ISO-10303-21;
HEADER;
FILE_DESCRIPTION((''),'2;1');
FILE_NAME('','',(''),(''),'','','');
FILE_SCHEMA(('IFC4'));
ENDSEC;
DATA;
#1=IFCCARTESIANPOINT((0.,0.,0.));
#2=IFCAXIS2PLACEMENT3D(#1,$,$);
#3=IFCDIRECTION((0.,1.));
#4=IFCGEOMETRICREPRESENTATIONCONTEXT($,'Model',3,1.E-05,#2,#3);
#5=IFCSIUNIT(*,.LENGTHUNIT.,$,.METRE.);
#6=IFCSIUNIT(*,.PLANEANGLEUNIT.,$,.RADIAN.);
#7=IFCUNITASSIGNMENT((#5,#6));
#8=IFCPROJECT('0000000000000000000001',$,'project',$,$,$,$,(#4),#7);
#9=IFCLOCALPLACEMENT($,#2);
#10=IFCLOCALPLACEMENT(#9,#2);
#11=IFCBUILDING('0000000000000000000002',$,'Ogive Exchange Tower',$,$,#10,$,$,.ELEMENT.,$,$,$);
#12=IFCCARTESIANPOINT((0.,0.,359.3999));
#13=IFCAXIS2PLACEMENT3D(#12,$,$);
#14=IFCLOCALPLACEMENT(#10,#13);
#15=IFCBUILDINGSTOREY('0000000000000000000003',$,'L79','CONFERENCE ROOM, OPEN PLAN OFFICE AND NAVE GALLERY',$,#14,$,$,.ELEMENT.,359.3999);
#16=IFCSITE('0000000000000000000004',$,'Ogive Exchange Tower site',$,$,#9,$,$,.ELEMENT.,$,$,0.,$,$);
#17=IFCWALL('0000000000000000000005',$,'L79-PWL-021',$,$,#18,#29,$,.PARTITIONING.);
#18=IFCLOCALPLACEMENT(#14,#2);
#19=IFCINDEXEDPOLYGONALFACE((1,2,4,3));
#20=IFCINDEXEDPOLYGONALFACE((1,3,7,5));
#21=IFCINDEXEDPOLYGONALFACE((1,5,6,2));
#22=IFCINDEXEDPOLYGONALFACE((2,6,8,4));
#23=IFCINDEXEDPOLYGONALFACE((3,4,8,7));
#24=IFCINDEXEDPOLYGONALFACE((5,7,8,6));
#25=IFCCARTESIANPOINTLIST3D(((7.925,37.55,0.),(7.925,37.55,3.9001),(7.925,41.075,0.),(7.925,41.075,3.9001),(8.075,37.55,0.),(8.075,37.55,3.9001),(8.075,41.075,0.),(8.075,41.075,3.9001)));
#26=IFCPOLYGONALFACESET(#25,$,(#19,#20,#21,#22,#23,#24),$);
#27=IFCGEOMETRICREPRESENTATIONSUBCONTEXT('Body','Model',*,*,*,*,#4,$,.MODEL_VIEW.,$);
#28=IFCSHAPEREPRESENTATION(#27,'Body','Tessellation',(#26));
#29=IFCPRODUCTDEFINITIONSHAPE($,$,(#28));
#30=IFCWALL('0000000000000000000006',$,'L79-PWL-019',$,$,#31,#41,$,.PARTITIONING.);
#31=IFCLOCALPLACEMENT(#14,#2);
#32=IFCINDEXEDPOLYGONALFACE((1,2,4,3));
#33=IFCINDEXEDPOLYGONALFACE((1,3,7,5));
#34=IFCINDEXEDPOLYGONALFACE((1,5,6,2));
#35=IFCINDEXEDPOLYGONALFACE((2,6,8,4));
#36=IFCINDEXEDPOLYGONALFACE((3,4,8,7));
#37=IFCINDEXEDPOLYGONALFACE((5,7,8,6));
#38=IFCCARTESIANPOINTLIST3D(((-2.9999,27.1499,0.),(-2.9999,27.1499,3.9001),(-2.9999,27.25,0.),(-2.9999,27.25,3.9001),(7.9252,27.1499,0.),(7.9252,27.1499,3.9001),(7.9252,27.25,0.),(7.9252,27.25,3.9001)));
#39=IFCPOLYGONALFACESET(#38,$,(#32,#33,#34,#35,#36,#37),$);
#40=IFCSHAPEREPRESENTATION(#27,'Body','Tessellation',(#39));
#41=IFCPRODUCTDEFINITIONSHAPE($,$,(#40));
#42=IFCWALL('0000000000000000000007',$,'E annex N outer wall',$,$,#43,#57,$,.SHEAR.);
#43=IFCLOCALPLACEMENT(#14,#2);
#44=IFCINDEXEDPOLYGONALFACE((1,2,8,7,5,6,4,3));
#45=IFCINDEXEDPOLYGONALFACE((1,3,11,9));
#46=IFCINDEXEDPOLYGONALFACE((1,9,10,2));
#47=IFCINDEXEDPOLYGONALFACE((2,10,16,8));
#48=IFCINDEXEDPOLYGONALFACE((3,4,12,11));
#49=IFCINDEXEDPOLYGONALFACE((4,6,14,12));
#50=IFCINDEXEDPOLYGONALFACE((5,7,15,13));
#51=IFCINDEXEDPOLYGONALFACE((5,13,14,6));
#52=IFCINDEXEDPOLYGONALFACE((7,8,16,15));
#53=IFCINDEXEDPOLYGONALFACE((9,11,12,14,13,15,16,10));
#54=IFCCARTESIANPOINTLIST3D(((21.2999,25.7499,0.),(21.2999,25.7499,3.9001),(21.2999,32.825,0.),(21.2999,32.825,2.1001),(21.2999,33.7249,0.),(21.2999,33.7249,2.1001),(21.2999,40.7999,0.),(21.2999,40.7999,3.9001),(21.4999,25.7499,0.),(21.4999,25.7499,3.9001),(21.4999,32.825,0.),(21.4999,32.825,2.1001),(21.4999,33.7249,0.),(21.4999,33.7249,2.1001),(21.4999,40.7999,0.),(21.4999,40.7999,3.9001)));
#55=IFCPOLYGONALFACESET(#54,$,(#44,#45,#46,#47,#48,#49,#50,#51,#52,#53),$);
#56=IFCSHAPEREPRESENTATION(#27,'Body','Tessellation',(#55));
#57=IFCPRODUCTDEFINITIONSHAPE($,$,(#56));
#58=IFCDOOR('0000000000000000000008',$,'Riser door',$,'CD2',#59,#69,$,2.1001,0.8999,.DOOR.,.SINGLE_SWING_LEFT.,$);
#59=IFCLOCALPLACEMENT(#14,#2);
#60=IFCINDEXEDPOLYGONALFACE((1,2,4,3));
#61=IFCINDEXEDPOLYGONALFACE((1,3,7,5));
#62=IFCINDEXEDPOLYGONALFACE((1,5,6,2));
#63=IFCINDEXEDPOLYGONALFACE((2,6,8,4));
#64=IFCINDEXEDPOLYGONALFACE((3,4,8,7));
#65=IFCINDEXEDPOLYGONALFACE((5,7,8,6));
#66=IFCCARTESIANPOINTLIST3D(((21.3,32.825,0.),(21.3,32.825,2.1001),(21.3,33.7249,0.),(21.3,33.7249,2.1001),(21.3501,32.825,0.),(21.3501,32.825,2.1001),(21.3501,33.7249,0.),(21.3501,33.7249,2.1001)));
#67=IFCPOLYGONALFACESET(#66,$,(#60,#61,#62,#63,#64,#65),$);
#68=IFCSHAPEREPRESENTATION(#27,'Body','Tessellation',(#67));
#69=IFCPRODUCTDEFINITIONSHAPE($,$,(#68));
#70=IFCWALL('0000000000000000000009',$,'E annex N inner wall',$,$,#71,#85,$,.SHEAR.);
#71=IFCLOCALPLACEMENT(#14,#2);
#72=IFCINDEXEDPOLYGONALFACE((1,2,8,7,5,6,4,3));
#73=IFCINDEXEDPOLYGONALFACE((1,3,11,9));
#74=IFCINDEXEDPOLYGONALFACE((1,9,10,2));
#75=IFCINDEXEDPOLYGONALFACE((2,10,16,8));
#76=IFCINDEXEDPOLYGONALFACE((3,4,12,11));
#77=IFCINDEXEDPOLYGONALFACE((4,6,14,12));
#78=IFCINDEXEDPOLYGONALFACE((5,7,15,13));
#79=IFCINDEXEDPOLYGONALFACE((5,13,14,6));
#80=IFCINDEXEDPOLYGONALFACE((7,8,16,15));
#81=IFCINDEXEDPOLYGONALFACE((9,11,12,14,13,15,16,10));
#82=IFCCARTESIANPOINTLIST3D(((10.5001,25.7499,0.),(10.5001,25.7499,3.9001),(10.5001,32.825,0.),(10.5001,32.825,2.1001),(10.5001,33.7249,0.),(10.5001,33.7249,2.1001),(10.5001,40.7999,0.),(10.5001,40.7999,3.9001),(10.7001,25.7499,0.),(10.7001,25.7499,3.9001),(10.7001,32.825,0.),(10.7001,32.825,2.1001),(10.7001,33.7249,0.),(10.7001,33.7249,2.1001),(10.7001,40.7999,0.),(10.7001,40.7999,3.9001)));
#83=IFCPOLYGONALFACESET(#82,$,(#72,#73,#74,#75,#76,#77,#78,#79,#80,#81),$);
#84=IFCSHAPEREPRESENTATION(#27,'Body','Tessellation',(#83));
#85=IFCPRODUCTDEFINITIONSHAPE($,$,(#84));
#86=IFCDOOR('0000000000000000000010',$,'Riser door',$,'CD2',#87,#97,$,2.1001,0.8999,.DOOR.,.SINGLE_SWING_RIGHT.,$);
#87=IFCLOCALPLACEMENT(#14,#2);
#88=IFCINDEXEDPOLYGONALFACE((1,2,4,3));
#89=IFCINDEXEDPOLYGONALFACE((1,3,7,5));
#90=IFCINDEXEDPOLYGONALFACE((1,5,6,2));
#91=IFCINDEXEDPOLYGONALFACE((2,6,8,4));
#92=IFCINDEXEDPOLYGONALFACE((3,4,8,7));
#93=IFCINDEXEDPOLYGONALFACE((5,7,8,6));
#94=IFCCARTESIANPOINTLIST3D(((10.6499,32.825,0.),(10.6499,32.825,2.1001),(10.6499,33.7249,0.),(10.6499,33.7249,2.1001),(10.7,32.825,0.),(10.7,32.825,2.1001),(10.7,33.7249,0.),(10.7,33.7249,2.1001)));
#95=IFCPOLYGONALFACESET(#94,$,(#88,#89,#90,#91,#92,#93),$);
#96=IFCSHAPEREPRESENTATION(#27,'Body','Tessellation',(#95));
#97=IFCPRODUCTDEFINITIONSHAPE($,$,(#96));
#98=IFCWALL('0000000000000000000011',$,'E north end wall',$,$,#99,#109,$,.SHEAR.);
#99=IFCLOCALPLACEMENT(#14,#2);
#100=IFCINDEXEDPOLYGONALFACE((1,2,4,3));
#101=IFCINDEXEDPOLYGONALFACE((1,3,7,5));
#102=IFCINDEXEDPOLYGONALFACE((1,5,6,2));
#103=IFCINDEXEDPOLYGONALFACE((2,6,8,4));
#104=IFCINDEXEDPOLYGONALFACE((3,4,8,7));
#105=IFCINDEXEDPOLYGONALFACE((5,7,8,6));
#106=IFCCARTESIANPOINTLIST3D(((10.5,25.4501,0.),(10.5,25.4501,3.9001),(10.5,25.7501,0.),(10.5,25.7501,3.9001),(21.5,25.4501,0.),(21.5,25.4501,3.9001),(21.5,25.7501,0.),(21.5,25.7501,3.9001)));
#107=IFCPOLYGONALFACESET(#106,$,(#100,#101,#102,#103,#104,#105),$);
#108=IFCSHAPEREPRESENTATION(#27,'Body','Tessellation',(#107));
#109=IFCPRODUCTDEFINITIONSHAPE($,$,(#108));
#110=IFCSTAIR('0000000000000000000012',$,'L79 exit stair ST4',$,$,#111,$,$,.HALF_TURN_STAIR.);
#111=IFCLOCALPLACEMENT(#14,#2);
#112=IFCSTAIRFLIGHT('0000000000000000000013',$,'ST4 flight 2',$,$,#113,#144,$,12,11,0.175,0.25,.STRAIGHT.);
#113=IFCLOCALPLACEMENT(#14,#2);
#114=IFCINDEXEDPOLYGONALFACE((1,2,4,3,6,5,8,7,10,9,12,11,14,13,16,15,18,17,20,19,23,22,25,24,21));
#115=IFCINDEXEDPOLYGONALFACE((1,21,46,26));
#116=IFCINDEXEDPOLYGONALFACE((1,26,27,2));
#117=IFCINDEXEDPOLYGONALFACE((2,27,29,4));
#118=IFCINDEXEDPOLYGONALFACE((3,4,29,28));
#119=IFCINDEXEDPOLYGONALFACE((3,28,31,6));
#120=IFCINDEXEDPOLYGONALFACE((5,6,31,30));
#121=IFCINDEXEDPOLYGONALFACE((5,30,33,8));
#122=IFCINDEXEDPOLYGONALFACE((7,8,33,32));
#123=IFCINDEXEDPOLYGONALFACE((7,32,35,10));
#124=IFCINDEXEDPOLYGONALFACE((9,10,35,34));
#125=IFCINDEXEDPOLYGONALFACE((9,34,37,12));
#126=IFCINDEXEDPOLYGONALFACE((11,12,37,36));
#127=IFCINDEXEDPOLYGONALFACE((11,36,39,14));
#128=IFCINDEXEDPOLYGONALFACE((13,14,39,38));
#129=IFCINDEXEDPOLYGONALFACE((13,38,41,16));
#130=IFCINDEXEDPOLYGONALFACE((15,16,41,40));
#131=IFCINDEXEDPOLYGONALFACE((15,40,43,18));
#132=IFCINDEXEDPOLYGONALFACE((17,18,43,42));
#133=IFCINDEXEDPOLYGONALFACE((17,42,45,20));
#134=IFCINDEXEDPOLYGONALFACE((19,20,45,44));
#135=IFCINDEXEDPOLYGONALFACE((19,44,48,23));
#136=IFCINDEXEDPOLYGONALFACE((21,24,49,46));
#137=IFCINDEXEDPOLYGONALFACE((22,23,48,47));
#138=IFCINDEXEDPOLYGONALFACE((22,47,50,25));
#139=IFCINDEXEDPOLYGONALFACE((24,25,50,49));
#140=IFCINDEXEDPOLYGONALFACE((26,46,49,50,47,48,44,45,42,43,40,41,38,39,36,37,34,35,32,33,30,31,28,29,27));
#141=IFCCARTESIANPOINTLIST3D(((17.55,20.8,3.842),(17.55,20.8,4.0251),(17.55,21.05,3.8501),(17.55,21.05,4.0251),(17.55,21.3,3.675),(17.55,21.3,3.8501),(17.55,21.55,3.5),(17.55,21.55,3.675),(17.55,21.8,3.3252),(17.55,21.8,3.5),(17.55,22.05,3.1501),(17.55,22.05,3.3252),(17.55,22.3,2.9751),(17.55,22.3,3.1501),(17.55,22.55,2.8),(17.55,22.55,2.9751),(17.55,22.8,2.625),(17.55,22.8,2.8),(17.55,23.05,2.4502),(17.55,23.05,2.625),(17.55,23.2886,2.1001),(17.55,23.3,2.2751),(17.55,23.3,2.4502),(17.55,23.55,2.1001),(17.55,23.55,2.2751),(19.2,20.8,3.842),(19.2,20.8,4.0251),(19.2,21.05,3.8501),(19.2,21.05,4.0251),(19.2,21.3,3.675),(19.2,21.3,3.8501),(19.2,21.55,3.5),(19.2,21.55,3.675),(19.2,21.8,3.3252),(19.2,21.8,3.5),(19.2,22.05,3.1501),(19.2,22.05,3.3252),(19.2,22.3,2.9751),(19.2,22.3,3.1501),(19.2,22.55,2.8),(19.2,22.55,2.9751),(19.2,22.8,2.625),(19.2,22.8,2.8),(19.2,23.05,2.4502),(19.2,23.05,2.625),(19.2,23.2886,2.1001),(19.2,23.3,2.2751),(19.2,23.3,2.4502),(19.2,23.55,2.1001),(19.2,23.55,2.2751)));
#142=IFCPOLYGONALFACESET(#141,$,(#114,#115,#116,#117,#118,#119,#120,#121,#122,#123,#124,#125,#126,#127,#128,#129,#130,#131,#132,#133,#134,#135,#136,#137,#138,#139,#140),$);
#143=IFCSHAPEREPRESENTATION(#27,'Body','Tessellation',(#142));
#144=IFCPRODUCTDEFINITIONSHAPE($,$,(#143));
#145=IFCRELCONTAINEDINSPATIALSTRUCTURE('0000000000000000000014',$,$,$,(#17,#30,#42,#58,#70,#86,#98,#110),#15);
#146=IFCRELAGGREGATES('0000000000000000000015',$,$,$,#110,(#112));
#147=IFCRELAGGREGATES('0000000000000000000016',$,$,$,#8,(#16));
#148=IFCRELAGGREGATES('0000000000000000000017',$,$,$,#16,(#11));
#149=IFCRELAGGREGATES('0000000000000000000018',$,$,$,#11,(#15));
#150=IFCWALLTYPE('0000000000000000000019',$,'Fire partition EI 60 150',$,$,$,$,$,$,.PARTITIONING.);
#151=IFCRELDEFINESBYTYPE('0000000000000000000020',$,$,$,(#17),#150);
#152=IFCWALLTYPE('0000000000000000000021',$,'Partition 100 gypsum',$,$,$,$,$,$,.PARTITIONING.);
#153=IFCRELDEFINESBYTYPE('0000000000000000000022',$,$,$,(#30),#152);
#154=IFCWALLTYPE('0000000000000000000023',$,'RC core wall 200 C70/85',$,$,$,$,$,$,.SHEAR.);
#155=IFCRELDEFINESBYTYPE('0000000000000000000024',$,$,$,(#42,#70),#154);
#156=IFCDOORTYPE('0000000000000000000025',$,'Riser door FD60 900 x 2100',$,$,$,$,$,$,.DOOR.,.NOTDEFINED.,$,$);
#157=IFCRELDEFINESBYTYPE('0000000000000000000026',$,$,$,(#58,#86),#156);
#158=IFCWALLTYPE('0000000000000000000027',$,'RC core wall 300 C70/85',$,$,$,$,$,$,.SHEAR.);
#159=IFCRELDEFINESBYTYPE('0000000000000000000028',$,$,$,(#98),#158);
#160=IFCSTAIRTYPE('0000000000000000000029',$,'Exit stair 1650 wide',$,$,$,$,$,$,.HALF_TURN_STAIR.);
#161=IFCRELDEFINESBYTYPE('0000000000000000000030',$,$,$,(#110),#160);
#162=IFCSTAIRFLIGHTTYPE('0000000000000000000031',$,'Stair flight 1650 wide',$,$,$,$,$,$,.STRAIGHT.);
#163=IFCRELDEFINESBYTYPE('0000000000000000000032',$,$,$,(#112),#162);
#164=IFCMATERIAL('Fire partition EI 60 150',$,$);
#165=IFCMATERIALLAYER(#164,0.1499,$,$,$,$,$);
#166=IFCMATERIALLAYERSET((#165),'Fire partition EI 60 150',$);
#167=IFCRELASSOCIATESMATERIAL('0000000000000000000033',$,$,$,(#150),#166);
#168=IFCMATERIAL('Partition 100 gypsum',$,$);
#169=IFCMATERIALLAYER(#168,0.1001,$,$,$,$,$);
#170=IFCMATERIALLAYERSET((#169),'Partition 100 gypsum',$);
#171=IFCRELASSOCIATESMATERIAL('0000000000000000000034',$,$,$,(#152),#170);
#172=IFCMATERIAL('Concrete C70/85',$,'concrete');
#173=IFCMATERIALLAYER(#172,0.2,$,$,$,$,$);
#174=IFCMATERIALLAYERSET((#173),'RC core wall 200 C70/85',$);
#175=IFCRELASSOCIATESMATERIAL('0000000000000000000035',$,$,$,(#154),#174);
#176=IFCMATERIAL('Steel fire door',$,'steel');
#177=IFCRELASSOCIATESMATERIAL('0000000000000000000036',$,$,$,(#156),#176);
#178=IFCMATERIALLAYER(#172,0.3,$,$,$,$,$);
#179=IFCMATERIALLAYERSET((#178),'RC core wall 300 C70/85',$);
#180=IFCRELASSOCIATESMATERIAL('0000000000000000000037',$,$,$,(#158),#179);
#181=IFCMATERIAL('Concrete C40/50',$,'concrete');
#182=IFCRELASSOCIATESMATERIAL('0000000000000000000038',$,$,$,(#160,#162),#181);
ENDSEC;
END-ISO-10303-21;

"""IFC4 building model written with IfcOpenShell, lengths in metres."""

from ifc_helpers import new_model, si_unit, direction, frame, frame_2d, origin, place, context, subcontext, project, spatial, polyline, rectangle, outline, extrude, material, layer, layer_set, type_object, element, fill, aggregate, save


model = new_model("IFC4")

# Units and contexts
model_context = context("Model", 3, precision=1e-05, world=origin(), true_north=direction((0.0, 1.0)))
body_context = subcontext(model_context, "Body", "Model", "MODEL_VIEW")
ifc_project = project(units=[si_unit("LENGTHUNIT", "METRE"), si_unit("PLANEANGLEUNIT", "RADIAN")], contexts=[model_context])

# Site, building, storey
site_placement = place(None, origin())
site = spatial("IfcSite", under=ifc_project, at=site_placement, Name="Ogive Exchange Tower site", CompositionType="ELEMENT", RefElevation=0.0)
building_placement = place(site_placement, origin())
building = spatial("IfcBuilding", under=site, at=building_placement, Name="Ogive Exchange Tower", CompositionType="ELEMENT")
storey_placement = place(building_placement, frame((0.0, 0.0, 359.3999)))
storey = spatial("IfcBuildingStorey", under=building, at=storey_placement, Name="L79", Description="CONFERENCE ROOM, OPEN PLAN OFFICE AND NAVE GALLERY", CompositionType="ELEMENT", Elevation=359.3999)

# Shared definitions
ifc_material_1 = material(Name="Fire partition EI 60 150")
ifc_layer_1 = layer(ifc_material_1, 0.1499)
ifc_layer_set_1 = layer_set([ifc_layer_1], Name="Fire partition EI 60 150")
wall_type_1 = type_object("IfcWallType", Name="Fire partition EI 60 150", PredefinedType="PARTITIONING", material=ifc_layer_set_1)

# Walls
wall_1_placement = place(storey_placement, frame((8.0, 37.55, 0.0), z_axis=(0.0, 0.0, 1.0), x_axis=(0.0, 1.0, 0.0)))
element("IfcWall", 1, at=wall_1_placement, inside=storey, type_object=wall_type_1, Name="L79-PWL-021", PredefinedType="PARTITIONING", context=body_context, shape_type="SweptSolid", body=[
    extrude(rectangle(XDim=3.5249, YDim=0.1499, at=frame_2d((1.7625, 0.0))), origin(), (0.0, 0.0, 1.0), 3.9001),
])
ifc_material_2 = material(Name="Partition 100 gypsum")
ifc_layer_2 = layer(ifc_material_2, 0.1001)
ifc_layer_set_2 = layer_set([ifc_layer_2], Name="Partition 100 gypsum")
wall_type_2 = type_object("IfcWallType", Name="Partition 100 gypsum", PredefinedType="PARTITIONING", material=ifc_layer_set_2)
wall_2_placement = place(storey_placement, frame((7.925, 27.2, 0.0), z_axis=(0.0, 0.0, 1.0), x_axis=(-1.0, 0.0, 0.0)))
element("IfcWall", 2, at=wall_2_placement, inside=storey, type_object=wall_type_2, Name="L79-PWL-019", PredefinedType="PARTITIONING", context=body_context, shape_type="SweptSolid", body=[
    extrude(rectangle(XDim=10.925, YDim=0.1001, at=frame_2d((5.4624, 0.0))), origin(), (0.0, 0.0, 1.0), 3.9001),
])

# Walls, openings, doors
ifc_material_3 = material(Name="Concrete C70/85", Category="concrete")
ifc_layer_3 = layer(ifc_material_3, 0.2)
ifc_layer_set_3 = layer_set([ifc_layer_3], Name="RC core wall 200 C70/85")
wall_type_3 = type_object("IfcWallType", Name="RC core wall 200 C70/85", PredefinedType="SHEAR", material=ifc_layer_set_3)
wall_3_placement = place(storey_placement, frame((21.3999, 25.75, 0.0), z_axis=(0.0, 0.0, 1.0), x_axis=(0.0, 1.0, 0.0)))
wall_3 = element("IfcWall", 3, at=wall_3_placement, inside=storey, type_object=wall_type_3, Name="E annex N outer wall", PredefinedType="SHEAR", context=body_context, shape_type="SweptSolid", body=[
    extrude(rectangle(XDim=15.05, YDim=0.2, at=frame_2d((7.5249, 0.0))), origin(), (0.0, 0.0, 1.0), 3.9001),
])
opening_1_placement = place(wall_3_placement, frame((7.075, 0.0, 0.0)))
opening_1 = element("IfcOpeningElement", 4, at=opening_1_placement, cuts=wall_3, PredefinedType="OPENING", context=body_context, shape_type="SweptSolid", body=[
    extrude(rectangle(XDim=0.8999, YDim=2.1001, at=frame_2d((0.45, 1.05))), frame((0.0, 0.1099, 0.0), z_axis=(0.0, -1.0, 0.0), x_axis=(1.0, 0.0, 0.0)), (0.0, 0.0, 1.0), 0.22),
])
ifc_material_4 = material(Name="Steel fire door", Category="steel")
door_type_1 = type_object("IfcDoorType", Name="Riser door FD60 900 x 2100", OperationType="NOTDEFINED", PredefinedType="DOOR", material=ifc_material_4)
door_1_placement = place(opening_1_placement, frame((0.8999, 0.1499, 0.0), z_axis=(0.0, 0.0, 1.0), x_axis=(-1.0, 0.0, 0.0)))
door_1 = element("IfcDoor", 5, at=door_1_placement, inside=storey, type_object=door_type_1, Name="Riser door", ObjectType="CD2", OperationType="SINGLE_SWING_LEFT", OverallHeight=2.1001, OverallWidth=0.8999, PredefinedType="DOOR", context=body_context, shape_type="SweptSolid", body=[
    extrude(rectangle(XDim=0.8999, YDim=2.1001, at=frame_2d((0.45, 1.05))), frame((0.0, 0.1001, 0.0), z_axis=(0.0, -1.0, 0.0), x_axis=(1.0, 0.0, 0.0)), (0.0, 0.0, 1.0), 0.05),
])
fill(opening_1, door_1)
wall_4_placement = place(storey_placement, frame((10.6001, 25.75, 0.0), z_axis=(0.0, 0.0, 1.0), x_axis=(0.0, 1.0, 0.0)))
wall_4 = element("IfcWall", 6, at=wall_4_placement, inside=storey, type_object=wall_type_3, Name="E annex N inner wall", PredefinedType="SHEAR", context=body_context, shape_type="SweptSolid", body=[
    extrude(rectangle(XDim=15.05, YDim=0.2, at=frame_2d((7.5249, 0.0))), origin(), (0.0, 0.0, 1.0), 3.9001),
])
opening_2_placement = place(wall_4_placement, frame((7.075, 0.0, 0.0)))
opening_2 = element("IfcOpeningElement", 7, at=opening_2_placement, cuts=wall_4, PredefinedType="OPENING", context=body_context, shape_type="SweptSolid", body=[
    extrude(rectangle(XDim=0.8999, YDim=2.1001, at=frame_2d((0.45, 1.05))), frame((0.0, 0.1099, 0.0), z_axis=(0.0, -1.0, 0.0), x_axis=(1.0, 0.0, 0.0)), (0.0, 0.0, 1.0), 0.22),
])
door_2_placement = place(opening_2_placement, origin())
door_2 = element("IfcDoor", 8, at=door_2_placement, inside=storey, type_object=door_type_1, Name="Riser door", ObjectType="CD2", OperationType="SINGLE_SWING_RIGHT", OverallHeight=2.1001, OverallWidth=0.8999, PredefinedType="DOOR", context=body_context, shape_type="SweptSolid", body=[
    extrude(rectangle(XDim=0.8999, YDim=2.1001, at=frame_2d((0.45, 1.05))), frame((0.0, -0.0498, 0.0), z_axis=(0.0, -1.0, 0.0), x_axis=(1.0, 0.0, 0.0)), (0.0, 0.0, 1.0), 0.05),
])
fill(opening_2, door_2)

# Wall
ifc_layer_4 = layer(ifc_material_3, 0.3)
ifc_layer_set_4 = layer_set([ifc_layer_4], Name="RC core wall 300 C70/85")
wall_type_4 = type_object("IfcWallType", Name="RC core wall 300 C70/85", PredefinedType="SHEAR", material=ifc_layer_set_4)
wall_5_placement = place(storey_placement, frame((10.5, 25.6001, 0.0), z_axis=(0.0, 0.0, 1.0), x_axis=(1.0, 0.0, 0.0)))
element("IfcWall", 9, at=wall_5_placement, inside=storey, type_object=wall_type_4, Name="E north end wall", PredefinedType="SHEAR", context=body_context, shape_type="SweptSolid", body=[
    extrude(rectangle(XDim=11.0, YDim=0.3, at=frame_2d((5.5, 0.0))), origin(), (0.0, 0.0, 1.0), 3.9001),
])

# Stair, stair flight
ifc_material_5 = material(Name="Concrete C40/50", Category="concrete")
stair_type = type_object("IfcStairType", Name="Exit stair 1650 wide", PredefinedType="HALF_TURN_STAIR", material=ifc_material_5)
stair_placement = place(storey_placement, origin())
stair = element("IfcStair", 10, at=stair_placement, inside=storey, type_object=stair_type, Name="L79 exit stair ST4", PredefinedType="HALF_TURN_STAIR")
stair_flight_type = type_object("IfcStairFlightType", Name="Stair flight 1650 wide", PredefinedType="STRAIGHT", material=ifc_material_5)
stair_flight_placement = place(storey_placement, frame((18.375, 23.55, 2.1001), z_axis=(0.0, 0.0, 1.0), x_axis=(0.0, -1.0, 0.0)))
stair_flight = element("IfcStairFlight", 11, at=stair_flight_placement, type_object=stair_flight_type, Name="ST4 flight 2", NumberOfRisers=12, NumberOfTreads=11, PredefinedType="STRAIGHT", RiserHeight=0.175, TreadLength=0.25, context=body_context, shape_type="SweptSolid", body=[
    extrude(outline(polyline([(0.0, 0.0), (0.0, 0.175), (0.25, 0.175), (0.25, 0.3501), (0.5, 0.3501), (0.5, 0.5249), (0.75, 0.5249), (0.75, 0.7), (1.0, 0.7), (1.0, 0.875), (1.25, 0.875), (1.25, 1.05), (1.5, 1.05), (1.5, 1.2251), (1.75, 1.2251), (1.75, 1.3999), (2.0, 1.3999), (2.0, 1.575), (2.25, 1.575), (2.25, 1.75), (2.5, 1.75), (2.5, 1.925), (2.75, 1.925), (2.75, 2.1001), (2.75, 1.7419), (0.2615, 0.0), (0.0, 0.0)])), frame((0.0, 0.825, 0.0), z_axis=(0.0, -1.0, 0.0), x_axis=(1.0, 0.0, 0.0)), (0.0, 0.0, 1.0), 1.6499),
])
aggregate(stair, [stair_flight])

save(model, "model.ifc")
